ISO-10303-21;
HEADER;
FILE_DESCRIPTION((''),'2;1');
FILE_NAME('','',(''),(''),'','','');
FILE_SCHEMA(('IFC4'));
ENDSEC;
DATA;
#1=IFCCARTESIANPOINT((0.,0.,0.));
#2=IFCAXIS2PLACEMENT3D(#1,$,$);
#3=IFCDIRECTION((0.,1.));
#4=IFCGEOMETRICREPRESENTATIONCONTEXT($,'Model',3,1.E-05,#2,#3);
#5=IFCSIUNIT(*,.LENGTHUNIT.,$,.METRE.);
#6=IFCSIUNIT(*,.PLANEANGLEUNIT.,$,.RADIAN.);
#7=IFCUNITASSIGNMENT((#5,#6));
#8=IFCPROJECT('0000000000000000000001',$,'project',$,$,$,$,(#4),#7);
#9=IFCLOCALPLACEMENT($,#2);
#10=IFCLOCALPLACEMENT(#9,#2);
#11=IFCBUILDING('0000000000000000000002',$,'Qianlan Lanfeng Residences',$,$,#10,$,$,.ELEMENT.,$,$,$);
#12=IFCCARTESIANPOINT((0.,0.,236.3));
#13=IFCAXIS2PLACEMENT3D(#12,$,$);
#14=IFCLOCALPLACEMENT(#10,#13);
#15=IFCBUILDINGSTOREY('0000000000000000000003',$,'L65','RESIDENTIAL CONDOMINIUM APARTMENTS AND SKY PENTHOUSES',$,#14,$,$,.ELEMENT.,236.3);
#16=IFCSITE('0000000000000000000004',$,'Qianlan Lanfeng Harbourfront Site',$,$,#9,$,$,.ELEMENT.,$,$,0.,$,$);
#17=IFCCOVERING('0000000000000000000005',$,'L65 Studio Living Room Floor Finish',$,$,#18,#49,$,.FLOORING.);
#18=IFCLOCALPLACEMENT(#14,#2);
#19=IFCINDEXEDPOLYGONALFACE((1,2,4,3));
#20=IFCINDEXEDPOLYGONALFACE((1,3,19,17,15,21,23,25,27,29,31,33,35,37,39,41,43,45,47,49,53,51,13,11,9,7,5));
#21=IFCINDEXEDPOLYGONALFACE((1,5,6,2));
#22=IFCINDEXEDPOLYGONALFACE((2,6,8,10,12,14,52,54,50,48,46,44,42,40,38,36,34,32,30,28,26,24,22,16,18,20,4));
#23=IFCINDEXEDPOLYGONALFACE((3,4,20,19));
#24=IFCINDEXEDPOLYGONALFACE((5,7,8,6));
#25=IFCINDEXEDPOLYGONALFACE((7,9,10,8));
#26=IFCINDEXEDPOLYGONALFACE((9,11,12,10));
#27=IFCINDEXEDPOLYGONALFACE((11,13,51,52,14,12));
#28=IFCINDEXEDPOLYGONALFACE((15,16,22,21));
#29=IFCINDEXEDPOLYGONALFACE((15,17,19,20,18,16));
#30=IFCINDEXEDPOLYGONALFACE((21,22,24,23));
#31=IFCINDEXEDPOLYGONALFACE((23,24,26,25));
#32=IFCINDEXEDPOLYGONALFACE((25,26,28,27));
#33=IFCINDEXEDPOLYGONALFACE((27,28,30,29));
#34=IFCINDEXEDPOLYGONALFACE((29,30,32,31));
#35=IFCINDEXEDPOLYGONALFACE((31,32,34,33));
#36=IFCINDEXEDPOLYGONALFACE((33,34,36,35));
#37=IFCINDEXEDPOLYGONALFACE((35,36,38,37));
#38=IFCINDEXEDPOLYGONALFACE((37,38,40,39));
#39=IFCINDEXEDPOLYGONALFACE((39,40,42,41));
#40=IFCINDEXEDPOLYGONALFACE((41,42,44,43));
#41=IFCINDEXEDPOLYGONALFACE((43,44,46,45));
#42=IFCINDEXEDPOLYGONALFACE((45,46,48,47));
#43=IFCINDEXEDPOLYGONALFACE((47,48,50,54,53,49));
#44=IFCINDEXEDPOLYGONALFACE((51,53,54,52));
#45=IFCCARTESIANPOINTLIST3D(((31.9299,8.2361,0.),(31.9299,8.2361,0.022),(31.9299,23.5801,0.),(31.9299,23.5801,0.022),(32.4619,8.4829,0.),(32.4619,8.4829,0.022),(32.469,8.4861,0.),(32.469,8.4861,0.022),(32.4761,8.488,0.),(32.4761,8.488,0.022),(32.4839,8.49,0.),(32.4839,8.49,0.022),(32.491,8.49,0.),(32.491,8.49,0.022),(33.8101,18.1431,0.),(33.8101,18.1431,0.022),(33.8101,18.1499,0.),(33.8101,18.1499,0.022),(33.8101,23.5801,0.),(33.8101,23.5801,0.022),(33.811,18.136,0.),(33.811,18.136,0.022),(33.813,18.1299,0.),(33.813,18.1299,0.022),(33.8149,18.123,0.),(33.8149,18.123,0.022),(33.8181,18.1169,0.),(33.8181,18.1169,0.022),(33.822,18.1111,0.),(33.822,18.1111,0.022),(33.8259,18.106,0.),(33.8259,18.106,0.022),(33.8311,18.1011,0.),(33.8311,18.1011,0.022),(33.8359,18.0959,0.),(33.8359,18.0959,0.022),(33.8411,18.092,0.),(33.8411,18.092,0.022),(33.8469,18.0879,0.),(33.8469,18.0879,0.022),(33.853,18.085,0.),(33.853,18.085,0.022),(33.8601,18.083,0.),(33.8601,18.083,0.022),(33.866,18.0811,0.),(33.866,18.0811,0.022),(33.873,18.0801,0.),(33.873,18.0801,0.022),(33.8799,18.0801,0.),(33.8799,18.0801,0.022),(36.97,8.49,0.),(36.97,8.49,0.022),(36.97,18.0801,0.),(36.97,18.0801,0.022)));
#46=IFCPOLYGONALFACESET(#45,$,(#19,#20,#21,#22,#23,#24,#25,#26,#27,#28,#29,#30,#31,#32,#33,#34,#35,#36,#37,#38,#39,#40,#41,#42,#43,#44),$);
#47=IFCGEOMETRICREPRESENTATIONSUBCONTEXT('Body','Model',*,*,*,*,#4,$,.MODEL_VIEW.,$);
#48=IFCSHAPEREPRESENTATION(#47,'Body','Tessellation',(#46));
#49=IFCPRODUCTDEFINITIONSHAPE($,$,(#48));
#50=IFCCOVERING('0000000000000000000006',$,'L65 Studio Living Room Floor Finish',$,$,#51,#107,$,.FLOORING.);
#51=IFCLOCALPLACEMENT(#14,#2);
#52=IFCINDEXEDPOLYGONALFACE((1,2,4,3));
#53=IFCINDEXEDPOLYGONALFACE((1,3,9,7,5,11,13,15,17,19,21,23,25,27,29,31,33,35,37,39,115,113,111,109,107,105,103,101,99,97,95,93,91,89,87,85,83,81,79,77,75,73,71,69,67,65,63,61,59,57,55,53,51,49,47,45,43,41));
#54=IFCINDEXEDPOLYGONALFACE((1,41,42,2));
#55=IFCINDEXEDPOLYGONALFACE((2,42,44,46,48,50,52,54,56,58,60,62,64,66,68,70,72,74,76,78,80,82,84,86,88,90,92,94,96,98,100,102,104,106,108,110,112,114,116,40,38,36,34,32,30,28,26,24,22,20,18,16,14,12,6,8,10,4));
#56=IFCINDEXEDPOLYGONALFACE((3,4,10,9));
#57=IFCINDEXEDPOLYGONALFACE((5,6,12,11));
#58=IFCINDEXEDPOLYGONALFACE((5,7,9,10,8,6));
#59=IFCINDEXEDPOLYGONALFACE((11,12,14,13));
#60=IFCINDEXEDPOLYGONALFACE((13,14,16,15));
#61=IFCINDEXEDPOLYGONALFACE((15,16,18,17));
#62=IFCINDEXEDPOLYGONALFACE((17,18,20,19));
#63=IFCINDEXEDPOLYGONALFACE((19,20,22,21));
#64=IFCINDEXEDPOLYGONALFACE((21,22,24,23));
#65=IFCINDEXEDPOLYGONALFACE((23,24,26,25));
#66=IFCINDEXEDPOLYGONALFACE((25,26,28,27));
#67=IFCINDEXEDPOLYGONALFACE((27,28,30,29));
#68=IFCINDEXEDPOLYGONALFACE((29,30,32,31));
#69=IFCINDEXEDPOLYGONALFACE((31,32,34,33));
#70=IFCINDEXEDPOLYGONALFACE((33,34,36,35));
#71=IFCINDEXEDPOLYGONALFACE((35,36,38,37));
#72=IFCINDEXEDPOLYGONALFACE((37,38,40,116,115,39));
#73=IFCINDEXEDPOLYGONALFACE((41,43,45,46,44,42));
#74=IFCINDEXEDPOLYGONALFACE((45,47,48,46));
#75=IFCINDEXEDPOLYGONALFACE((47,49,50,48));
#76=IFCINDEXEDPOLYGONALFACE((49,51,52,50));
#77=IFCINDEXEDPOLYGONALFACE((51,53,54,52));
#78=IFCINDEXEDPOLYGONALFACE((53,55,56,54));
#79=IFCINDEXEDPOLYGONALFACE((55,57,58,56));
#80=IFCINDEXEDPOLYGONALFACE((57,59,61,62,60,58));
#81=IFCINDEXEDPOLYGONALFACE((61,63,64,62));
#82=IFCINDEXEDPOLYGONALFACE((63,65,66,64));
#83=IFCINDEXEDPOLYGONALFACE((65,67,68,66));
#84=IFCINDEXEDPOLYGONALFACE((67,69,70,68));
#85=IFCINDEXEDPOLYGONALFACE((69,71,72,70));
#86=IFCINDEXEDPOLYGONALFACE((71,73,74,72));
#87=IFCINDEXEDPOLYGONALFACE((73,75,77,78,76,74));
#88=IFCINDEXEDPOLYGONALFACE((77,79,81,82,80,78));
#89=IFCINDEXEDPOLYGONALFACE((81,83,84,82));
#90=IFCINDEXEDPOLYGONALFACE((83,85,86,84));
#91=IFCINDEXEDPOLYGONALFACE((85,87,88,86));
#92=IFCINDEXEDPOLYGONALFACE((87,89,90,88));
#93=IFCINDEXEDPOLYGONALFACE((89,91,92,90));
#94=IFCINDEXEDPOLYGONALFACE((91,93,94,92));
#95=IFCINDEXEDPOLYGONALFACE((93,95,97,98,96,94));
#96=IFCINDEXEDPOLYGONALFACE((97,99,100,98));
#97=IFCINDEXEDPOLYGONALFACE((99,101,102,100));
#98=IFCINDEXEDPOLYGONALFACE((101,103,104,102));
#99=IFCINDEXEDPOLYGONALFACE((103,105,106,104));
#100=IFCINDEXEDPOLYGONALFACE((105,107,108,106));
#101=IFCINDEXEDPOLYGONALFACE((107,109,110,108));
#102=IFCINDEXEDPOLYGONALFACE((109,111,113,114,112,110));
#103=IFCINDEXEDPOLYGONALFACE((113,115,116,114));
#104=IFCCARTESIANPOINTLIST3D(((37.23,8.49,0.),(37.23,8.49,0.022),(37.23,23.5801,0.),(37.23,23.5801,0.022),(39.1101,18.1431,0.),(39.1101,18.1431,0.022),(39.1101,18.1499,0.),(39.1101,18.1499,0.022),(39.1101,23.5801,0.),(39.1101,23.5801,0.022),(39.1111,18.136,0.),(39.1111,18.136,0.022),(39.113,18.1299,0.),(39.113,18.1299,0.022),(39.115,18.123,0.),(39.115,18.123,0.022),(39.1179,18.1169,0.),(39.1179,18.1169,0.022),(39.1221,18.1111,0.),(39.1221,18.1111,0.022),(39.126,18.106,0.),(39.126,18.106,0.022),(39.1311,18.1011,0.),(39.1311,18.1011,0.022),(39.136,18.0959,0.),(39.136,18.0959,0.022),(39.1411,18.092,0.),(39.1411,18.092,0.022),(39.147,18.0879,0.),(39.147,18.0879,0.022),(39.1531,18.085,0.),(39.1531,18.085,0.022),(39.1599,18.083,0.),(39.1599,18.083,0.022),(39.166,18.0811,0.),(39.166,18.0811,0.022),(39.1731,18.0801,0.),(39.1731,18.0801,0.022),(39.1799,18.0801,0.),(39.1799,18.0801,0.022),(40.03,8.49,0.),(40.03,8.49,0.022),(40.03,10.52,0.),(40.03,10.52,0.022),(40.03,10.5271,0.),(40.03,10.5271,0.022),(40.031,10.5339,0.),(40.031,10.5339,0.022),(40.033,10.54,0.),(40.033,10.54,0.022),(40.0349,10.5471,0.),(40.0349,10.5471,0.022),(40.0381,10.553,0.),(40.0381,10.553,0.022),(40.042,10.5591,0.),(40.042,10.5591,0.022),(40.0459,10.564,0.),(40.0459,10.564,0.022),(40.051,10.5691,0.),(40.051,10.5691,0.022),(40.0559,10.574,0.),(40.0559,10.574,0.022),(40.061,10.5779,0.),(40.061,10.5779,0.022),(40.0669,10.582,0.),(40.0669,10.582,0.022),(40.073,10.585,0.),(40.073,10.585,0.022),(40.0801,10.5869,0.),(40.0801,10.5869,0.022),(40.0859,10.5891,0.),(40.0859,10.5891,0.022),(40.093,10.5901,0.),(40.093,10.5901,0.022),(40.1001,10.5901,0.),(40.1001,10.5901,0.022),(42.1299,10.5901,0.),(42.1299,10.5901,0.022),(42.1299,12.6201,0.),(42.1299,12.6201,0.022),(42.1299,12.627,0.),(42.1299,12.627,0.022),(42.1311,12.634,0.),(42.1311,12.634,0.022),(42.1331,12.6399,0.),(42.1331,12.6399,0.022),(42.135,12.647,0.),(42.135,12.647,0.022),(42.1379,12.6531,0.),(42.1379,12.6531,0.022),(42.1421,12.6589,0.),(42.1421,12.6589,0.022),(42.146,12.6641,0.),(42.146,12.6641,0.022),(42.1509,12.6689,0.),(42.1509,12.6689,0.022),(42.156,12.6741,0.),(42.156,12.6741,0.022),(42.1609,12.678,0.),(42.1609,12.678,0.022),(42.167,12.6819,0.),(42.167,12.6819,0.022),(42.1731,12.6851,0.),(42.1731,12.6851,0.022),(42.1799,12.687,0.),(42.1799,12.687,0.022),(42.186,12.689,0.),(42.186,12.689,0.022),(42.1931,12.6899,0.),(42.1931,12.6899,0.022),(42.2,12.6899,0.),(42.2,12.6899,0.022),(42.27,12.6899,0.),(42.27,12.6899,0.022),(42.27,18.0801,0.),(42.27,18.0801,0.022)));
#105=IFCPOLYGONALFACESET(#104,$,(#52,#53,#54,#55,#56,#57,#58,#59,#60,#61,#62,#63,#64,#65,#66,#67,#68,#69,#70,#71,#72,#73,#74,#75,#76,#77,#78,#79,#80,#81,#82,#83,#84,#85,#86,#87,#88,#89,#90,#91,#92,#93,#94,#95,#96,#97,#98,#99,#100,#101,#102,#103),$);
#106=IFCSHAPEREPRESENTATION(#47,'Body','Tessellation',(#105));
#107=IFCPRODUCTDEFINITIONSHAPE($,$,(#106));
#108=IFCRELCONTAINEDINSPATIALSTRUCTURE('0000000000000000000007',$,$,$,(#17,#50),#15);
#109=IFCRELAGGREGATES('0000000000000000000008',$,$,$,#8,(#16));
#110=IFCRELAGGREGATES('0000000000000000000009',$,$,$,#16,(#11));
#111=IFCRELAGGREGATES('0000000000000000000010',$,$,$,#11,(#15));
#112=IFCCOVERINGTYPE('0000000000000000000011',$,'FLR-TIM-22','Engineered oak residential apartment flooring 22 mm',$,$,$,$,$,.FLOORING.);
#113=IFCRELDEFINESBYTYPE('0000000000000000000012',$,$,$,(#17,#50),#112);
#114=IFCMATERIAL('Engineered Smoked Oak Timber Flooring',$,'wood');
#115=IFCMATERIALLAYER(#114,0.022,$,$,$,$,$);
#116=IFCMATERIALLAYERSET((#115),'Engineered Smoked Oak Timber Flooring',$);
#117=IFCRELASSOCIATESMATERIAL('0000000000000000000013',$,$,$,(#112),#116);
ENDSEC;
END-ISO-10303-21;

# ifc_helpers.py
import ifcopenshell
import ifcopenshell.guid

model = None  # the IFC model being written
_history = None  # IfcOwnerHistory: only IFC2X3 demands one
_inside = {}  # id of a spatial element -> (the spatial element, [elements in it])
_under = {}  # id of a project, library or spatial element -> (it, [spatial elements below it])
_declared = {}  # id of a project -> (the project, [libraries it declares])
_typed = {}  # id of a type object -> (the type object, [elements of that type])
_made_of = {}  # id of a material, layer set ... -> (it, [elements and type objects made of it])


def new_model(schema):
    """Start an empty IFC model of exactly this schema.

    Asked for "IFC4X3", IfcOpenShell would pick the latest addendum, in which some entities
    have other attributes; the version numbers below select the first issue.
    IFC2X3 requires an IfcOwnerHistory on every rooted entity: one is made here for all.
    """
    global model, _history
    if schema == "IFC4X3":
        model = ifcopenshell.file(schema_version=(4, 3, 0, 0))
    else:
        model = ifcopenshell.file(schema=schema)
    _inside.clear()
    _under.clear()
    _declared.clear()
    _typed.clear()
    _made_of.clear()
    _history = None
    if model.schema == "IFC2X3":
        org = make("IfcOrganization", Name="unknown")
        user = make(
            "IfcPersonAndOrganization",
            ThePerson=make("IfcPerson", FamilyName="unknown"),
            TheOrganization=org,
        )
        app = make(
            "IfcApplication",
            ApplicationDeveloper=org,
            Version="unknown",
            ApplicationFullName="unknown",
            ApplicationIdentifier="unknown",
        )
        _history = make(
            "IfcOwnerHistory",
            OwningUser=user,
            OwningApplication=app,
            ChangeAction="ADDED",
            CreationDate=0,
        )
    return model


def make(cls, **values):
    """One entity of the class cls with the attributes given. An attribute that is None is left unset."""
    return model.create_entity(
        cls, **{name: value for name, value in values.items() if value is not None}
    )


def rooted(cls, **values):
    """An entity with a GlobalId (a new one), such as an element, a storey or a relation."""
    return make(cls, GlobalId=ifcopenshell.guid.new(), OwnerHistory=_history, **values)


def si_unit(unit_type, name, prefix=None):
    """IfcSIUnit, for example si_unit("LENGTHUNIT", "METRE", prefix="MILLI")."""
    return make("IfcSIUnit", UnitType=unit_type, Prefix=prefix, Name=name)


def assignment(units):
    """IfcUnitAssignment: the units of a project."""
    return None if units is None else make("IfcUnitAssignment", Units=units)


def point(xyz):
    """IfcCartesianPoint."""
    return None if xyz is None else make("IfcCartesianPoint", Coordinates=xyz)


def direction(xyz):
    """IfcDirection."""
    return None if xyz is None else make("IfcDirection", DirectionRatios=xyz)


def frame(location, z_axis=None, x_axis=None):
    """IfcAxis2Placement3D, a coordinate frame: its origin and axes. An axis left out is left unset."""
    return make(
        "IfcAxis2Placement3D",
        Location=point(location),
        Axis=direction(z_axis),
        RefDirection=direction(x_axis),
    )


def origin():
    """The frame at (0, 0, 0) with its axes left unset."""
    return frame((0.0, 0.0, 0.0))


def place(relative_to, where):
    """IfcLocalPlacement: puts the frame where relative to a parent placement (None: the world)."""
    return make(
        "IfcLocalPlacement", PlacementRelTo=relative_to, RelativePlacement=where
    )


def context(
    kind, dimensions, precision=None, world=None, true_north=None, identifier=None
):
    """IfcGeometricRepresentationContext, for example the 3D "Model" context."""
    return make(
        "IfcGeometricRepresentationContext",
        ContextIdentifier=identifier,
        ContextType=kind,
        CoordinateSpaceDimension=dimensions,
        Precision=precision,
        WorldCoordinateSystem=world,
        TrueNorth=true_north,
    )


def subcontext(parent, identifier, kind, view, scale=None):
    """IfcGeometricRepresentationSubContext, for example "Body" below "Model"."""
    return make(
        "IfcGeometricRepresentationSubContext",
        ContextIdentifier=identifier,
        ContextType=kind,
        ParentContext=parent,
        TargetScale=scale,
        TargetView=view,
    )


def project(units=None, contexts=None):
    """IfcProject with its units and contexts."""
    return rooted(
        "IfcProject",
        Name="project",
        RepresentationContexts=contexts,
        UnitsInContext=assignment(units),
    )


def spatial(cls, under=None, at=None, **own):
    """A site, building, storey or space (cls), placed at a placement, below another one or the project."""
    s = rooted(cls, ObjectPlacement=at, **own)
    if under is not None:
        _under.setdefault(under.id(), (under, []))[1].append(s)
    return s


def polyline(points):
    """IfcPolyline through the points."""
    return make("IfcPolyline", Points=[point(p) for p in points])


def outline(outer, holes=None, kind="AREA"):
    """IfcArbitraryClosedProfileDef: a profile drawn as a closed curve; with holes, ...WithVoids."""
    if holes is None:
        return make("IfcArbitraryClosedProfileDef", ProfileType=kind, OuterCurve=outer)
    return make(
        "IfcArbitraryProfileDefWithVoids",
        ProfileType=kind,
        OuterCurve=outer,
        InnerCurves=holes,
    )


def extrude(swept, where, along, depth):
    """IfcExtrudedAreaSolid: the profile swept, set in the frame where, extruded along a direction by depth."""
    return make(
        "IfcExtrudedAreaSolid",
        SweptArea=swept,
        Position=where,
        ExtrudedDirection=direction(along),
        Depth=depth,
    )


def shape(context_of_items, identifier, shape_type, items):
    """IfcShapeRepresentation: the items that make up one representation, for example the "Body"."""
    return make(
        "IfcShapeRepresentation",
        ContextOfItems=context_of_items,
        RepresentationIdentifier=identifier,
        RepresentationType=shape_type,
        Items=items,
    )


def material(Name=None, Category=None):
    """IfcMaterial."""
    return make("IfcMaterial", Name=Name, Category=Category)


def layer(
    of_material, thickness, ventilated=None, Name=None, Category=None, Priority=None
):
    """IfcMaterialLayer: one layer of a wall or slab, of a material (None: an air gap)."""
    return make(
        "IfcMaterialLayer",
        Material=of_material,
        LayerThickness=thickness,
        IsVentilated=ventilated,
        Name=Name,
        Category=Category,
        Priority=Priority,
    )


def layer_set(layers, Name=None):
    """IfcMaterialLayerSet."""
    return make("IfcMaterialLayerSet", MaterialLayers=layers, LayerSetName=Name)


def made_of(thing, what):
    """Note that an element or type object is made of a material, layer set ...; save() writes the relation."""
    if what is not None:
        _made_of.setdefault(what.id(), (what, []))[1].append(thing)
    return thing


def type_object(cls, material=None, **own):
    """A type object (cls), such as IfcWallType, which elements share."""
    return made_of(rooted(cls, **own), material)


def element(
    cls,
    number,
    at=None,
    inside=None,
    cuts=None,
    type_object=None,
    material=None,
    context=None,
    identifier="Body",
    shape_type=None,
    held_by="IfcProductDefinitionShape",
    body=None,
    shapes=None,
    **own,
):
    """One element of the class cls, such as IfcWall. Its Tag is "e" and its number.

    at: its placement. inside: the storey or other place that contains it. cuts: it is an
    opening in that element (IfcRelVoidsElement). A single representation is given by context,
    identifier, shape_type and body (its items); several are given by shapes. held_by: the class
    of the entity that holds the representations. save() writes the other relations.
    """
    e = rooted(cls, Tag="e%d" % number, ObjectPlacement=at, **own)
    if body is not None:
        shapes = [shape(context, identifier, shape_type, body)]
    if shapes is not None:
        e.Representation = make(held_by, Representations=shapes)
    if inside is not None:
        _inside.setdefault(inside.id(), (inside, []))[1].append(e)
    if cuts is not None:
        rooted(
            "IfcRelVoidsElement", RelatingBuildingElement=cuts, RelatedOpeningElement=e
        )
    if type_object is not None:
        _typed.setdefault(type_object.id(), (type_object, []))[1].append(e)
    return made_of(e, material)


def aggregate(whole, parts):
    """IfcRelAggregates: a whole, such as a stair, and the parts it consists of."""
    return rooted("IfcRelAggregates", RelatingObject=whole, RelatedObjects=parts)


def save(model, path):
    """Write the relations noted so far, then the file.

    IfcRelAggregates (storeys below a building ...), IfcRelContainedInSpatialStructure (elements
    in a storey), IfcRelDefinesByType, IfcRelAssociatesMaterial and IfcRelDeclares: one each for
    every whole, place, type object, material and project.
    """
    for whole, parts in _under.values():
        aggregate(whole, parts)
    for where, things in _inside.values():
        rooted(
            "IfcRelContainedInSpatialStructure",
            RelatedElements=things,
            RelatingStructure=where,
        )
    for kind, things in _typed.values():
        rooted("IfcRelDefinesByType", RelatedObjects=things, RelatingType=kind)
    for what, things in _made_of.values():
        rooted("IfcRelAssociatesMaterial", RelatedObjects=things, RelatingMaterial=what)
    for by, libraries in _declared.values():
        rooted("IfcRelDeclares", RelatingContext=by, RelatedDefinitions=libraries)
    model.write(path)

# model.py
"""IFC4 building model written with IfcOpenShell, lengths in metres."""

from ifc_helpers import new_model, si_unit, direction, frame, origin, place, context, subcontext, project, spatial, polyline, outline, extrude, material, layer, layer_set, type_object, element, save


model = new_model("IFC4")

# Units and contexts
model_context = context("Model", 3, precision=1e-05, world=origin(), true_north=direction((0.0, 1.0)))
body_context = subcontext(model_context, "Body", "Model", "MODEL_VIEW")
ifc_project = project(units=[si_unit("LENGTHUNIT", "METRE"), si_unit("PLANEANGLEUNIT", "RADIAN")], contexts=[model_context])

# Site, building, storey
site_placement = place(None, origin())
site = spatial("IfcSite", under=ifc_project, at=site_placement, Name="Qianlan Lanfeng Harbourfront Site", CompositionType="ELEMENT", RefElevation=0.0)
building_placement = place(site_placement, origin())
building = spatial("IfcBuilding", under=site, at=building_placement, Name="Qianlan Lanfeng Residences", CompositionType="ELEMENT")
storey_placement = place(building_placement, frame((0.0, 0.0, 236.3)))
storey = spatial("IfcBuildingStorey", under=building, at=storey_placement, Name="L65", Description="RESIDENTIAL CONDOMINIUM APARTMENTS AND SKY PENTHOUSES", CompositionType="ELEMENT", Elevation=236.3)

# Coverings
ifc_material_1 = material(Name="Engineered Smoked Oak Timber Flooring", Category="wood")
ifc_layer_1 = layer(ifc_material_1, 0.022)
ifc_layer_set_1 = layer_set([ifc_layer_1], Name="Engineered Smoked Oak Timber Flooring")
covering_type_1 = type_object("IfcCoveringType", Name="FLR-TIM-22", Description="Engineered oak residential apartment flooring 22 mm", PredefinedType="FLOORING", material=ifc_layer_set_1)
covering_1_placement = place(storey_placement, origin())
element("IfcCovering", 1, at=covering_1_placement, inside=storey, type_object=covering_type_1, Name="L65 Studio Living Room Floor Finish", PredefinedType="FLOORING", context=body_context, shape_type="SweptSolid", body=[
    extrude(outline(polyline([(36.97, 8.49), (36.97, 18.0801), (33.8799, 18.0801), (33.873, 18.0801), (33.866, 18.0811), (33.8601, 18.083), (33.853, 18.085), (33.8469, 18.0879), (33.8411, 18.092), (33.8359, 18.0959), (33.8311, 18.1011), (33.8259, 18.106), (33.822, 18.1111), (33.8181, 18.1169), (33.8149, 18.123), (33.813, 18.1299), (33.811, 18.136), (33.8101, 18.1431), (33.8101, 18.1499), (33.8101, 23.5801), (31.9299, 23.5801), (31.9299, 8.2361), (32.4619, 8.4829), (32.469, 8.4861), (32.4761, 8.488), (32.4839, 8.49), (32.491, 8.49), (36.97, 8.49)])), origin(), (0.0, 0.0, 1.0), 0.022),
])
covering_2_placement = place(storey_placement, origin())
element("IfcCovering", 2, at=covering_2_placement, inside=storey, type_object=covering_type_1, Name="L65 Studio Living Room Floor Finish", PredefinedType="FLOORING", context=body_context, shape_type="SweptSolid", body=[
    extrude(outline(polyline([(42.27, 12.6899), (42.27, 18.0801), (39.1799, 18.0801), (39.1731, 18.0801), (39.166, 18.0811), (39.1599, 18.083), (39.1531, 18.085), (39.147, 18.0879), (39.1411, 18.092), (39.136, 18.0959), (39.1311, 18.1011), (39.126, 18.106), (39.1221, 18.1111), (39.1179, 18.1169), (39.115, 18.123), (39.113, 18.1299), (39.1111, 18.136), (39.1101, 18.1431), (39.1101, 18.1499), (39.1101, 23.5801), (37.23, 23.5801), (37.23, 8.49), (40.03, 8.49), (40.03, 10.52), (40.03, 10.5271), (40.031, 10.5339), (40.033, 10.54), (40.0349, 10.5471), (40.0381, 10.553), (40.042, 10.5591), (40.0459, 10.564), (40.051, 10.5691), (40.0559, 10.574), (40.061, 10.5779), (40.0669, 10.582), (40.073, 10.585), (40.0801, 10.5869), (40.0859, 10.5891), (40.093, 10.5901), (40.1001, 10.5901), (42.1299, 10.5901), (42.1299, 12.6201), (42.1299, 12.627), (42.1311, 12.634), (42.1331, 12.6399), (42.135, 12.647), (42.1379, 12.6531), (42.1421, 12.6589), (42.146, 12.6641), (42.1509, 12.6689), (42.156, 12.6741), (42.1609, 12.678), (42.167, 12.6819), (42.1731, 12.6851), (42.1799, 12.687), (42.186, 12.689), (42.1931, 12.6899), (42.2, 12.6899), (42.27, 12.6899)])), origin(), (0.0, 0.0, 1.0), 0.022),
])

save(model, "model.ifc")
